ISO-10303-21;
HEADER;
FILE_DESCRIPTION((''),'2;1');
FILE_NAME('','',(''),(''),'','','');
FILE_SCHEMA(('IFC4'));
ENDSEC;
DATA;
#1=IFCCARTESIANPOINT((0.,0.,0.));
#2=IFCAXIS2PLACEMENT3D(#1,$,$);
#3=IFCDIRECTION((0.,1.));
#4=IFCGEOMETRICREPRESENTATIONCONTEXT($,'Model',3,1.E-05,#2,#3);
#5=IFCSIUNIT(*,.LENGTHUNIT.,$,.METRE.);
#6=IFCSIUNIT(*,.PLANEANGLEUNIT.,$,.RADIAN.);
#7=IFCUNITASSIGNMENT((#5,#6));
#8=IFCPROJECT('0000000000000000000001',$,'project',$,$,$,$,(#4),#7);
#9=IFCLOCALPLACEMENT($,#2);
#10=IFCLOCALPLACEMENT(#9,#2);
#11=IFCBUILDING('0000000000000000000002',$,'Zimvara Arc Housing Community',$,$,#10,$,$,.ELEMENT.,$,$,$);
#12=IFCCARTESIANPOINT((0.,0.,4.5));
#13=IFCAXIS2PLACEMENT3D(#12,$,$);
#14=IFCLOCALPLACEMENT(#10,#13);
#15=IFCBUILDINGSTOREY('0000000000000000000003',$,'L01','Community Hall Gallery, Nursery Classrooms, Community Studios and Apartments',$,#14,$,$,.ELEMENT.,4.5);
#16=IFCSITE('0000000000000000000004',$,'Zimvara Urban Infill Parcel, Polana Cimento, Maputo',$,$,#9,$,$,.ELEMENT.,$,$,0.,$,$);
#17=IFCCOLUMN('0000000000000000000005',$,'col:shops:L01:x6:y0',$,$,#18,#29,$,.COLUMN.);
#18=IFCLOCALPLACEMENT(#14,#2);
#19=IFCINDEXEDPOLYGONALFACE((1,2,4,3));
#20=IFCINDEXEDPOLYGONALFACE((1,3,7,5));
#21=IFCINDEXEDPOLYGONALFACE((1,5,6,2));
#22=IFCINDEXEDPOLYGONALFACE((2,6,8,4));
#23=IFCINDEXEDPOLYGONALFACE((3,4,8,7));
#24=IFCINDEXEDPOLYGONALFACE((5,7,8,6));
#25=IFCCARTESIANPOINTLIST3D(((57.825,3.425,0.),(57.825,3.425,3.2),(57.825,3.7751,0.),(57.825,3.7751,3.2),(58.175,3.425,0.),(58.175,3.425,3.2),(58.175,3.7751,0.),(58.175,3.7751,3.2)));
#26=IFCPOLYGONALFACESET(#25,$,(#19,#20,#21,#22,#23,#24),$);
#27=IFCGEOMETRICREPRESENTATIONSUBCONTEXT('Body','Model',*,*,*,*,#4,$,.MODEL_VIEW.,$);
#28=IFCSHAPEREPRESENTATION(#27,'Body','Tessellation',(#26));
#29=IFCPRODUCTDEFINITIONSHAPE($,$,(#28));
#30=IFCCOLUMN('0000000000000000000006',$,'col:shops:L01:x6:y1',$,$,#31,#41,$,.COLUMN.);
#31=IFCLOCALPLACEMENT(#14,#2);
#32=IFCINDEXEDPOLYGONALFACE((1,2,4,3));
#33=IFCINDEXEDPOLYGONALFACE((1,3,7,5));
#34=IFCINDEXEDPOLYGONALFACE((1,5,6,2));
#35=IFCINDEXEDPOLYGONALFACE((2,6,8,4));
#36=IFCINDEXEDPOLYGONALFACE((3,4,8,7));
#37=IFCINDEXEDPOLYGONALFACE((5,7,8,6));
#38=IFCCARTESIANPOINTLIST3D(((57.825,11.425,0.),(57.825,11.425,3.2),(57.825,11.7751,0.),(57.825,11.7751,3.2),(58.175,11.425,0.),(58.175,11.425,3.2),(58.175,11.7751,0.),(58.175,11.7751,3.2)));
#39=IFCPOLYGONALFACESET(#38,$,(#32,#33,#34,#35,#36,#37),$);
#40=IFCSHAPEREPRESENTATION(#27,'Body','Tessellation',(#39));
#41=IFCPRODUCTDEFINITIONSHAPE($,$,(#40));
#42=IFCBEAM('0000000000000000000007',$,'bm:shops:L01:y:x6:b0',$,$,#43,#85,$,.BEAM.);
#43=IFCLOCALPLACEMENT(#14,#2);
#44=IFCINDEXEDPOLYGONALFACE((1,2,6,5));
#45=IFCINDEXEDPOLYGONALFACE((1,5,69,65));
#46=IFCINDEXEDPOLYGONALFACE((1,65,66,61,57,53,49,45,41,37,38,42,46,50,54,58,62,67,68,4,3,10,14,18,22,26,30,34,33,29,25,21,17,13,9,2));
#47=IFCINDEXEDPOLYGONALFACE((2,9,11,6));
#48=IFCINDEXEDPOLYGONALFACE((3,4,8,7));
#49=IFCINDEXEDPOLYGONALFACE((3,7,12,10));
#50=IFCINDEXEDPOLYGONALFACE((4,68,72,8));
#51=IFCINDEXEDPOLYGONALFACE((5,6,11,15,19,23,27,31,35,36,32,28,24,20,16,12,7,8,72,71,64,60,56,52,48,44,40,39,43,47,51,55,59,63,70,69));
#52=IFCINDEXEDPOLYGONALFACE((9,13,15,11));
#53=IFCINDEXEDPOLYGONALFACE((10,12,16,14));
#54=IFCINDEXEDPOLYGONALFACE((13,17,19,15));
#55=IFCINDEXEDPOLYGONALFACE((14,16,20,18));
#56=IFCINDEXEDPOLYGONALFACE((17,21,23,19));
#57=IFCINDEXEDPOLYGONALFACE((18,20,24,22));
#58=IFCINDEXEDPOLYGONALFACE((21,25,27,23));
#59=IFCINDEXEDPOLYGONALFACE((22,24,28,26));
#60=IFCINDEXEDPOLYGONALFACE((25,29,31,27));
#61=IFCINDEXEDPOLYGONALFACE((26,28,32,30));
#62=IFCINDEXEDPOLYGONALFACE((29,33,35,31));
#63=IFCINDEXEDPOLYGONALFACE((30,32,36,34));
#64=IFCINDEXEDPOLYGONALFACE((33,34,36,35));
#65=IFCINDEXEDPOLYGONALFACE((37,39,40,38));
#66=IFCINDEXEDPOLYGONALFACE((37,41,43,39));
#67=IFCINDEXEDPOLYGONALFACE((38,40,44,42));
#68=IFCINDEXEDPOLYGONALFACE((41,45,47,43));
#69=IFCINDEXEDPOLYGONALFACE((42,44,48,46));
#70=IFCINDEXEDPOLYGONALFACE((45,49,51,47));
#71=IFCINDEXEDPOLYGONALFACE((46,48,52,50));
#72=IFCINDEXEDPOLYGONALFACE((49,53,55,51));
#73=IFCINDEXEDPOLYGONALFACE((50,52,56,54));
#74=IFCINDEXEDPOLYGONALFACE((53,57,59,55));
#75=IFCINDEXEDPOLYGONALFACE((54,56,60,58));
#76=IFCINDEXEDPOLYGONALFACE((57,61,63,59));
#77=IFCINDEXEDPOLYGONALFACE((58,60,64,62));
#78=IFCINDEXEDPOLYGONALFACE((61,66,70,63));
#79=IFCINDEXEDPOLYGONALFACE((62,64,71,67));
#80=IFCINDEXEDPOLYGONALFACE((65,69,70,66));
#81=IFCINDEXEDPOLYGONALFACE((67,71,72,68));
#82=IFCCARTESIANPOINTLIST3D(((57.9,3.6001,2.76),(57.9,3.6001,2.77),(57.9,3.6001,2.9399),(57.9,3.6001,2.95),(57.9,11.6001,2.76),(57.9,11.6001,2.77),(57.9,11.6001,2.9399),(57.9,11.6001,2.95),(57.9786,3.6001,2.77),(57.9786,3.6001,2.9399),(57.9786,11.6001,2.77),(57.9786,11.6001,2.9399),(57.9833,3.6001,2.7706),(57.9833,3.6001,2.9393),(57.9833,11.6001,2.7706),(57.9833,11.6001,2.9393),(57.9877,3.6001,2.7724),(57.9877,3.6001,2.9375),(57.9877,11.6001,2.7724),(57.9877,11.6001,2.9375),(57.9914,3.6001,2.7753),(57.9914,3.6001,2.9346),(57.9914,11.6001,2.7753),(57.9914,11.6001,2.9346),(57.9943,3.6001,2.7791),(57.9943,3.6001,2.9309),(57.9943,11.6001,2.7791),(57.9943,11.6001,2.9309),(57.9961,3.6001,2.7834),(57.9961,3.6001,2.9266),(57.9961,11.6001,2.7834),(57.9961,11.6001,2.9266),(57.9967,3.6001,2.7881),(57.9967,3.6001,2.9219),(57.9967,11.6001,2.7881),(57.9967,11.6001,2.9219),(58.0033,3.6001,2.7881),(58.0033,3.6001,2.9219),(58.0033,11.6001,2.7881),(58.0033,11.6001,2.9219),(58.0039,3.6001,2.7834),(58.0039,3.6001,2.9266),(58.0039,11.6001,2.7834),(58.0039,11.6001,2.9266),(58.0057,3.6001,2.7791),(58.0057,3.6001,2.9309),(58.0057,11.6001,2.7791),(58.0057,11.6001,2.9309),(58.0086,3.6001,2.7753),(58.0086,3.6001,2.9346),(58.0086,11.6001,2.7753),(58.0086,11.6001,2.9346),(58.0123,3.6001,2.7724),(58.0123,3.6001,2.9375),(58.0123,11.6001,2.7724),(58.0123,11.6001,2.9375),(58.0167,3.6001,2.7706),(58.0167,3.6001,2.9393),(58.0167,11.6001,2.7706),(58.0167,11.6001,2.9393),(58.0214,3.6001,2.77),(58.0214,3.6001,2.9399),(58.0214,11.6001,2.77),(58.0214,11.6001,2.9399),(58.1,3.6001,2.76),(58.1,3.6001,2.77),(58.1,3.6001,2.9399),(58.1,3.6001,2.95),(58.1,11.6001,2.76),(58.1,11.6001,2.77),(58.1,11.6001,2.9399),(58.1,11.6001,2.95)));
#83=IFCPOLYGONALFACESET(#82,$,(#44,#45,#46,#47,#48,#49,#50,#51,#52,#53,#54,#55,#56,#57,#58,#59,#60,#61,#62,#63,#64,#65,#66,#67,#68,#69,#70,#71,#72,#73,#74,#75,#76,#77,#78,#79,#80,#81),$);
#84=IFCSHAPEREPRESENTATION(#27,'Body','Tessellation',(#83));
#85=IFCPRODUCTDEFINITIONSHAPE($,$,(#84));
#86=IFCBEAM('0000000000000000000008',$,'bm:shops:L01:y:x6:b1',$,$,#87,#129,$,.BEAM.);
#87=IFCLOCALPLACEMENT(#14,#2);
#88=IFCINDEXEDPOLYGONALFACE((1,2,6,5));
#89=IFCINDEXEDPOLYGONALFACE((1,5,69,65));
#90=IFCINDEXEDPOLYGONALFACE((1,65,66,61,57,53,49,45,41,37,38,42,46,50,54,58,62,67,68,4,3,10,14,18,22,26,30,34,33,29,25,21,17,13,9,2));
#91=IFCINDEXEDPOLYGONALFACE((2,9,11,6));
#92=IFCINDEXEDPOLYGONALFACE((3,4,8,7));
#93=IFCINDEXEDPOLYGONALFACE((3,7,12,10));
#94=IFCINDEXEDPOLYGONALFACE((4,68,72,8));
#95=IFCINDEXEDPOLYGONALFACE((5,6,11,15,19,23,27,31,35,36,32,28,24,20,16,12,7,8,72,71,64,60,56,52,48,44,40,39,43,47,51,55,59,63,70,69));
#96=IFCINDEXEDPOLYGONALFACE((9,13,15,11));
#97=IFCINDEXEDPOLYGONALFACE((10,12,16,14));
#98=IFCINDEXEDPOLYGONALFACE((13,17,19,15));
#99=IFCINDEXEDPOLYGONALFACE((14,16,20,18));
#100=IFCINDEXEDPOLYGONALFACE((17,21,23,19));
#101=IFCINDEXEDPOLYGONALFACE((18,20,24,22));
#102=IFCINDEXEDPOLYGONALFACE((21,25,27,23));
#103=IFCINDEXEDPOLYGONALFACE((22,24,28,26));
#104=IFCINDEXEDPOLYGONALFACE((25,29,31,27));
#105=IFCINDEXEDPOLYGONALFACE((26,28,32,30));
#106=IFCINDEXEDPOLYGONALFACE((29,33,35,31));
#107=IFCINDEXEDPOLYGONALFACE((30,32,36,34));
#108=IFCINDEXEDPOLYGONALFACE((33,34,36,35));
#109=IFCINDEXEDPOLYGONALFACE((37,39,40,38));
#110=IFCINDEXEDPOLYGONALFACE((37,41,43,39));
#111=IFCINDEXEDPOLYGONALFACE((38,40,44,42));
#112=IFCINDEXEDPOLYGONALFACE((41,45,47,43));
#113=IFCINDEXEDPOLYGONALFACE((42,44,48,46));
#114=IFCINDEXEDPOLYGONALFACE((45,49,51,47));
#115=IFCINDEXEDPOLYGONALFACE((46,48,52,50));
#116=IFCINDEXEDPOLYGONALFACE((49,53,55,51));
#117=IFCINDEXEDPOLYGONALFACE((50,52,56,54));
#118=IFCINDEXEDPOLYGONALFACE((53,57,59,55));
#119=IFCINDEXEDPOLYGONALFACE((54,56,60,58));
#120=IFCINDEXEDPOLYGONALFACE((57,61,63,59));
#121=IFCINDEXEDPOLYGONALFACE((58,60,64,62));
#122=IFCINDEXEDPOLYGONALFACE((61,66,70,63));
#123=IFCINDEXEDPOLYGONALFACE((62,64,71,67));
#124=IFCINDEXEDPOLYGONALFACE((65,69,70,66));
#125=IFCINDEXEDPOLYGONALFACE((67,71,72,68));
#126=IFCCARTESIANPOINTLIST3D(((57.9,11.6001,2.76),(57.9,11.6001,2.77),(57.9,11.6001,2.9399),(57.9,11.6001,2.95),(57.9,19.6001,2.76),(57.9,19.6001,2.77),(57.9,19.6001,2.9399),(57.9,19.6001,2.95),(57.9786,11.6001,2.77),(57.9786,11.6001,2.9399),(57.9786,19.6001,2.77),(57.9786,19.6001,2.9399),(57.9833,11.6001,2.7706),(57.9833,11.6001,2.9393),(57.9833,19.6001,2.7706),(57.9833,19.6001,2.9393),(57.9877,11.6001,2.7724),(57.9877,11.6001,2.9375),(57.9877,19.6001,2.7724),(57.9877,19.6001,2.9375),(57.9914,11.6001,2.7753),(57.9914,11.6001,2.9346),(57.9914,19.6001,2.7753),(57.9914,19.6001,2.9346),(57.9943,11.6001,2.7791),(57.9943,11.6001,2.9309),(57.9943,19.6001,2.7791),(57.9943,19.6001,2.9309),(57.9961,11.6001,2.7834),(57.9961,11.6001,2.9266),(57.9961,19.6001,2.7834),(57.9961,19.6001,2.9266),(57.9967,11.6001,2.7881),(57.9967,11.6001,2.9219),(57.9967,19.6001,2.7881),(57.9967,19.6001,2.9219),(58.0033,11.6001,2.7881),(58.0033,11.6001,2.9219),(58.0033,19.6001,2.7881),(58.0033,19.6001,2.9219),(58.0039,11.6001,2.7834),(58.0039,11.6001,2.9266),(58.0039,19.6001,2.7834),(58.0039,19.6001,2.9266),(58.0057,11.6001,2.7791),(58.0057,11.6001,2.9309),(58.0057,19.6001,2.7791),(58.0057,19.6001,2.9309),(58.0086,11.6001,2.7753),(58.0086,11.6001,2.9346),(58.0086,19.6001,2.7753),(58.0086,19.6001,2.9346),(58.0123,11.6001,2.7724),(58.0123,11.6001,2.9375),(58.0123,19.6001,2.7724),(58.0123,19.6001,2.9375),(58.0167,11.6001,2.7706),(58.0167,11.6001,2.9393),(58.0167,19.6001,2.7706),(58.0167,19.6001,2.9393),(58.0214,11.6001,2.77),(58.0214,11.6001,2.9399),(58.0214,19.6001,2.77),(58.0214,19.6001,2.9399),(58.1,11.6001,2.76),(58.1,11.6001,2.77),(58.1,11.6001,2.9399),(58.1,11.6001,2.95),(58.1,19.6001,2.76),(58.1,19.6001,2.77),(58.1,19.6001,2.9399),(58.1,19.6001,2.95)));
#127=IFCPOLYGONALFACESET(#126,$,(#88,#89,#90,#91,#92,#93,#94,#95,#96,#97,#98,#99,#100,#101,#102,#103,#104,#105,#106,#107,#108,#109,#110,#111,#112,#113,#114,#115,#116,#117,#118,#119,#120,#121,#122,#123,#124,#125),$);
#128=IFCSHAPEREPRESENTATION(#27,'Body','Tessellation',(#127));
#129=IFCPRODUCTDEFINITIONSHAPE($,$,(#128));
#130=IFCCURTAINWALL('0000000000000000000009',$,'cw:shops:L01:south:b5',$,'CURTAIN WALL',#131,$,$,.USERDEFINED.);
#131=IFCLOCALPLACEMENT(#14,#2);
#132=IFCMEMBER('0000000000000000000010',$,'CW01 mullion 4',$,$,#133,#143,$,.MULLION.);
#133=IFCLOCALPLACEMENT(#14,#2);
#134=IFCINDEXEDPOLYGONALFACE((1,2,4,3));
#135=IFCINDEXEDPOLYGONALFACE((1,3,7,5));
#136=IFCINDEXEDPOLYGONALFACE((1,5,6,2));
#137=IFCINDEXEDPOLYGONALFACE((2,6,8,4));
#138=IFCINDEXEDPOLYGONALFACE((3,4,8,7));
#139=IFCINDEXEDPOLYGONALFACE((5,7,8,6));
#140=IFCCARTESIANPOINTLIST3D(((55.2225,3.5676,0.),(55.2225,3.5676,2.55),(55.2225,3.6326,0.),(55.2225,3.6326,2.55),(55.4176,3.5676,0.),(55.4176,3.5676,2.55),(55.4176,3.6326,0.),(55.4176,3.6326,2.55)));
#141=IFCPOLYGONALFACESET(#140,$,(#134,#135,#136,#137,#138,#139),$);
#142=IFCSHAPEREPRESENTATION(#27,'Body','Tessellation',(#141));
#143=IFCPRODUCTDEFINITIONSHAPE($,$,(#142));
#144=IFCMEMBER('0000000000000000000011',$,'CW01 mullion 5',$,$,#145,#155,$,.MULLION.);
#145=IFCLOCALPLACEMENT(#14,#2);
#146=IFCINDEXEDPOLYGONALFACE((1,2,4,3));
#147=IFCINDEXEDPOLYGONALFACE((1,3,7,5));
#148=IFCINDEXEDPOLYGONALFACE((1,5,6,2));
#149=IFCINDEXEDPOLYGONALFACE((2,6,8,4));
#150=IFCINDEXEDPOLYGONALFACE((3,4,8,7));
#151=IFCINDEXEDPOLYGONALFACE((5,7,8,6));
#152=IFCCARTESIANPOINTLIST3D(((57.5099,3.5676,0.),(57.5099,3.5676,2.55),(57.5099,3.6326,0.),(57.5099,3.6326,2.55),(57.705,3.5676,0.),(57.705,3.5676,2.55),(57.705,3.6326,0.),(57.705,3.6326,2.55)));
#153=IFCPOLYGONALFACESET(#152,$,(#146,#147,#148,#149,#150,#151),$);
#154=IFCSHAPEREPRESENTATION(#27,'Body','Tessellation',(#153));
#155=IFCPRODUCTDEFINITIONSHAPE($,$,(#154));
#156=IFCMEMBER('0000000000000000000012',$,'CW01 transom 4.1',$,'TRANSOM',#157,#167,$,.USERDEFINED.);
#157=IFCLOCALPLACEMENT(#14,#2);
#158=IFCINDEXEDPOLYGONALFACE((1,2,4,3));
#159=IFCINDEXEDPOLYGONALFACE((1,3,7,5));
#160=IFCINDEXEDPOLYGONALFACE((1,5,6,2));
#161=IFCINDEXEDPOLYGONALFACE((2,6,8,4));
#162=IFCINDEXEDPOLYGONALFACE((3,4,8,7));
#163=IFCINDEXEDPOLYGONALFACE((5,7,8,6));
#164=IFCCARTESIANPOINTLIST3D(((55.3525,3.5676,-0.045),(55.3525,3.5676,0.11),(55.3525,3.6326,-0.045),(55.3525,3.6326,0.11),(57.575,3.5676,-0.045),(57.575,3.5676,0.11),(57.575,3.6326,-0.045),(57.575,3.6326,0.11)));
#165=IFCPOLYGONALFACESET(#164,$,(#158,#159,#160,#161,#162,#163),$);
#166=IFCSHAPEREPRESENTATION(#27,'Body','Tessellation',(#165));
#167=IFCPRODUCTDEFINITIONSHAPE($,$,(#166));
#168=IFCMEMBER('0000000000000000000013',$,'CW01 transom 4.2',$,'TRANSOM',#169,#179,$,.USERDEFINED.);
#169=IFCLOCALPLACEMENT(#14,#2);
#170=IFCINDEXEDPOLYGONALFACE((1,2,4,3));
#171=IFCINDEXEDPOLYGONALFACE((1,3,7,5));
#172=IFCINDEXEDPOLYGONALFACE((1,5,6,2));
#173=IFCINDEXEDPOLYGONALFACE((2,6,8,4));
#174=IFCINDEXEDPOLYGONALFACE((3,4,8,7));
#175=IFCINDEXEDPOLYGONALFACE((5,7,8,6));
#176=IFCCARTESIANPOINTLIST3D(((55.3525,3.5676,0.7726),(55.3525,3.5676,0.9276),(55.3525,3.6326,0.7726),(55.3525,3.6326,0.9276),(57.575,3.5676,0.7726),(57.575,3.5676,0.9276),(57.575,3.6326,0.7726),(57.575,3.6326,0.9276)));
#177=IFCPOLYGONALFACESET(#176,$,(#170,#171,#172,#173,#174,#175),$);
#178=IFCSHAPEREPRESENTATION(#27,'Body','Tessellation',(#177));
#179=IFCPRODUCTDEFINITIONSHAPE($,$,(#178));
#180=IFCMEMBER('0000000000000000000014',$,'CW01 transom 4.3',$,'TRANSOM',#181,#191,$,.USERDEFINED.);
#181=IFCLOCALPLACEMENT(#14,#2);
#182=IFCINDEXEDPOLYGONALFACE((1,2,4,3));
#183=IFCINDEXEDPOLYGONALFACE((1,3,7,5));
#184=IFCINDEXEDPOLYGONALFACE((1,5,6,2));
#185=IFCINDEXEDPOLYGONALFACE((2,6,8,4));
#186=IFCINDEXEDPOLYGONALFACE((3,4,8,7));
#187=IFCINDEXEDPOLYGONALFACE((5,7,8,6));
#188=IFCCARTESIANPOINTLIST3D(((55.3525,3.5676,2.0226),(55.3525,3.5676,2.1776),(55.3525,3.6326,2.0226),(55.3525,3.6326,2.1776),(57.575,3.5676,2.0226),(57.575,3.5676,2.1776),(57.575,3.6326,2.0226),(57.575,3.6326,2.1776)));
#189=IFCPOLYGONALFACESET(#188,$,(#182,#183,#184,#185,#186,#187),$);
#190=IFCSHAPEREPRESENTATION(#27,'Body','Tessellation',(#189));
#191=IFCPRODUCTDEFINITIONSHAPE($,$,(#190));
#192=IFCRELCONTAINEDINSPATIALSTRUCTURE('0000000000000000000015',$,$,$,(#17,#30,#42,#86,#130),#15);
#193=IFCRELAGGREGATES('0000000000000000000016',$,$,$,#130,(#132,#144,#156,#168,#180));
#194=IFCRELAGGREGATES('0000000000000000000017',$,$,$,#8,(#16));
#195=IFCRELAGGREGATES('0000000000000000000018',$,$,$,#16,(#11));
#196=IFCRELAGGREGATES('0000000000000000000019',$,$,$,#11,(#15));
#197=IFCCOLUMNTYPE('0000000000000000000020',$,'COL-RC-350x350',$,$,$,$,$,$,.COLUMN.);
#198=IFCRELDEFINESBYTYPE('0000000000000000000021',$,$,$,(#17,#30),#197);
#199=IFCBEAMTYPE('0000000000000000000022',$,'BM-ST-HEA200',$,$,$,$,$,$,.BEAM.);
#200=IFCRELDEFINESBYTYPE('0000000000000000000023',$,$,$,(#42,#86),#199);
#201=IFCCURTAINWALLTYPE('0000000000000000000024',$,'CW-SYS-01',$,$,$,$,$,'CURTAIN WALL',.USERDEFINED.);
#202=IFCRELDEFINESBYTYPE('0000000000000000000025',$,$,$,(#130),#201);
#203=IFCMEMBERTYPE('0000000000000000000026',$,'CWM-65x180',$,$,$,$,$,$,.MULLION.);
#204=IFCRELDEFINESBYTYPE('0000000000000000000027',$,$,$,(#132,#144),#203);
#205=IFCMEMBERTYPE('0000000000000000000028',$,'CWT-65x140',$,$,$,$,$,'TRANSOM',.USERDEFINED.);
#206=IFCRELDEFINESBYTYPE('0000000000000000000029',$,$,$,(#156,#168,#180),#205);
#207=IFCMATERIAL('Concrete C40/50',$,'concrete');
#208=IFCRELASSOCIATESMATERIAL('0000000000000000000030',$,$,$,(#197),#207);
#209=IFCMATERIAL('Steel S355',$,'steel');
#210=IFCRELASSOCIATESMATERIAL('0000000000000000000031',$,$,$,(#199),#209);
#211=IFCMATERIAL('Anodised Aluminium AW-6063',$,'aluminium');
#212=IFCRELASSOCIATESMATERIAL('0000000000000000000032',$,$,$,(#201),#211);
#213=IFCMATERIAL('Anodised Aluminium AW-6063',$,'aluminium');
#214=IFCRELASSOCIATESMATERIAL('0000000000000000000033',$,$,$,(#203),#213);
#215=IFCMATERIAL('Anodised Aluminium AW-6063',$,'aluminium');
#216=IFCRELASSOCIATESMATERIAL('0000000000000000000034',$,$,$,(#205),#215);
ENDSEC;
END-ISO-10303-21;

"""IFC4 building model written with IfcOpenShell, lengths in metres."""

from ifc_helpers import new_model, si_unit, direction, frame, origin, origin_2d, place, context, subcontext, project, spatial, rectangle, i_section, extrude, material, material_profile, profile_set, type_object, element, aggregate, save


model = new_model("IFC4")

# Units and contexts
model_context = context("Model", 3, precision=1e-05, world=origin(), true_north=direction((0.0, 1.0)))
body_context = subcontext(model_context, "Body", "Model", "MODEL_VIEW")
ifc_project = project(units=[si_unit("LENGTHUNIT", "METRE"), si_unit("PLANEANGLEUNIT", "RADIAN")], contexts=[model_context])

# Site, building, storey
site_placement = place(None, origin())
site = spatial("IfcSite", under=ifc_project, at=site_placement, Name="Zimvara Urban Infill Parcel, Polana Cimento, Maputo", CompositionType="ELEMENT", RefElevation=0.0)
building_placement = place(site_placement, origin())
building = spatial("IfcBuilding", under=site, at=building_placement, Name="Zimvara Arc Housing Community", CompositionType="ELEMENT")
storey_placement = place(building_placement, frame((0.0, 0.0, 4.5)))
storey = spatial("IfcBuildingStorey", under=building, at=storey_placement, Name="L01", Description="Community Hall Gallery, Nursery Classrooms, Community Studios and Apartments", CompositionType="ELEMENT", Elevation=4.5)

# Columns
ifc_material_1 = material(Name="Concrete C40/50", Category="concrete")
ifc_material_profile_1 = material_profile(ifc_material_1, rectangle(XDim=0.3501, YDim=0.3501, at=origin_2d()), Name="RC 350x350")
ifc_profile_set_1 = profile_set([ifc_material_profile_1], Name="Concrete C40/50")
column_type = type_object("IfcColumnType", Name="COL-RC-350x350", PredefinedType="COLUMN", material=ifc_profile_set_1)
for number, where, z_axis, x_axis, name in (
    (1, (58.0, 3.6001, 0.0), (0.0, 0.0, 1.0), (1.0, 0.0, 0.0), "col:shops:L01:x6:y0"),
    (2, (58.0, 11.6001, 0.0), (0.0, 0.0, 1.0), (1.0, 0.0, 0.0), "col:shops:L01:x6:y1"),
):
    element("IfcColumn", number, at=place(storey_placement, frame(where, z_axis=z_axis, x_axis=x_axis)), inside=storey, type_object=column_type, Name=name, PredefinedType="COLUMN", context=body_context, shape_type="SweptSolid", body=[
        extrude(rectangle(XDim=0.3501, YDim=0.3501, at=origin_2d()), origin(), (0.0, 0.0, 1.0), 3.2),
    ])

# Beams
ifc_material_2 = material(Name="Steel S355", Category="steel")
ifc_material_profile_2 = material_profile(ifc_material_2, i_section(OverallWidth=0.2, OverallDepth=0.1899, WebThickness=0.0066, FlangeThickness=0.01, FilletRadius=0.0181, at=origin_2d()), Name="HEA 200")
ifc_profile_set_2 = profile_set([ifc_material_profile_2], Name="Steel S355")
beam_type = type_object("IfcBeamType", Name="BM-ST-HEA200", PredefinedType="BEAM", material=ifc_profile_set_2)
for number, where, z_axis, x_axis, name in (
    (3, (58.0, 3.6001, 2.855), (0.0, 1.0, 0.0), (-1.0, 0.0, 0.0), "bm:shops:L01:y:x6:b0"),
    (4, (58.0, 11.6001, 2.855), (0.0, 1.0, 0.0), (-1.0, 0.0, 0.0), "bm:shops:L01:y:x6:b1"),
):
    element("IfcBeam", number, at=place(storey_placement, frame(where, z_axis=z_axis, x_axis=x_axis)), inside=storey, type_object=beam_type, Name=name, PredefinedType="BEAM", context=body_context, shape_type="SweptSolid", body=[
        extrude(i_section(OverallWidth=0.2, OverallDepth=0.1899, WebThickness=0.0066, FlangeThickness=0.01, FilletRadius=0.0181, at=origin_2d()), origin(), (0.0, 0.0, 1.0), 8.0),
    ])

# Curtain wall, members
ifc_material_3 = material(Name="Anodised Aluminium AW-6063", Category="aluminium")
curtain_wall_type = type_object("IfcCurtainWallType", Name="CW-SYS-01", ElementType="CURTAIN WALL", PredefinedType="USERDEFINED", material=ifc_material_3)
curtain_wall_placement = place(storey_placement, origin())
curtain_wall = element("IfcCurtainWall", 5, at=curtain_wall_placement, inside=storey, type_object=curtain_wall_type, Name="cw:shops:L01:south:b5", ObjectType="CURTAIN WALL", PredefinedType="USERDEFINED")
ifc_material_4 = material(Name="Anodised Aluminium AW-6063", Category="aluminium")
ifc_material_profile_3 = material_profile(ifc_material_4, rectangle(XDim=0.0649, YDim=0.1951, at=origin_2d()), Name="ALU 65x195")
ifc_profile_set_3 = profile_set([ifc_material_profile_3], Name="Anodised Aluminium AW-6063")
member_type_1 = type_object("IfcMemberType", Name="CWM-65x180", PredefinedType="MULLION", material=ifc_profile_set_3)
member_1_placement = place(storey_placement, frame((55.3201, 3.6001, 0.0), z_axis=(0.0, 0.0, 1.0), x_axis=(0.0, 1.0, 0.0)))
member_1 = element("IfcMember", 6, at=member_1_placement, type_object=member_type_1, Name="CW01 mullion 4", PredefinedType="MULLION", context=body_context, shape_type="SweptSolid", body=[
    extrude(rectangle(XDim=0.0649, YDim=0.1951, at=origin_2d()), origin(), (0.0, 0.0, 1.0), 2.55),
])
member_2_placement = place(storey_placement, frame((57.6074, 3.6001, 0.0), z_axis=(0.0, 0.0, 1.0), x_axis=(0.0, 1.0, 0.0)))
member_2 = element("IfcMember", 7, at=member_2_placement, type_object=member_type_1, Name="CW01 mullion 5", PredefinedType="MULLION", context=body_context, shape_type="SweptSolid", body=[
    extrude(rectangle(XDim=0.0649, YDim=0.1951, at=origin_2d()), origin(), (0.0, 0.0, 1.0), 2.55),
])
ifc_material_5 = material(Name="Anodised Aluminium AW-6063", Category="aluminium")
ifc_material_profile_4 = material_profile(ifc_material_5, rectangle(XDim=0.0649, YDim=0.155, at=origin_2d()), Name="ALU 65x155")
ifc_profile_set_4 = profile_set([ifc_material_profile_4], Name="Anodised Aluminium AW-6063")
member_type_2 = type_object("IfcMemberType", Name="CWT-65x140", ElementType="TRANSOM", PredefinedType="USERDEFINED", material=ifc_profile_set_4)
member_3_placement = place(storey_placement, frame((55.3525, 3.6001, 0.0325), z_axis=(1.0, 0.0, 0.0), x_axis=(0.0, 1.0, 0.0)))
member_3 = element("IfcMember", 8, at=member_3_placement, type_object=member_type_2, Name="CW01 transom 4.1", ObjectType="TRANSOM", PredefinedType="USERDEFINED", context=body_context, shape_type="SweptSolid", body=[
    extrude(rectangle(XDim=0.0649, YDim=0.155, at=origin_2d()), origin(), (0.0, 0.0, 1.0), 2.2224),
])
member_4_placement = place(storey_placement, frame((55.3525, 3.6001, 0.8501), z_axis=(1.0, 0.0, 0.0), x_axis=(0.0, 1.0, 0.0)))
member_4 = element("IfcMember", 9, at=member_4_placement, type_object=member_type_2, Name="CW01 transom 4.2", ObjectType="TRANSOM", PredefinedType="USERDEFINED", context=body_context, shape_type="SweptSolid", body=[
    extrude(rectangle(XDim=0.0649, YDim=0.155, at=origin_2d()), origin(), (0.0, 0.0, 1.0), 2.2224),
])
member_5_placement = place(storey_placement, frame((55.3525, 3.6001, 2.1001), z_axis=(1.0, 0.0, 0.0), x_axis=(0.0, 1.0, 0.0)))
member_5 = element("IfcMember", 10, at=member_5_placement, type_object=member_type_2, Name="CW01 transom 4.3", ObjectType="TRANSOM", PredefinedType="USERDEFINED", context=body_context, shape_type="SweptSolid", body=[
    extrude(rectangle(XDim=0.0649, YDim=0.155, at=origin_2d()), origin(), (0.0, 0.0, 1.0), 2.2224),
])
aggregate(curtain_wall, [member_1, member_2, member_3, member_4, member_5])

save(model, "model.ifc")
